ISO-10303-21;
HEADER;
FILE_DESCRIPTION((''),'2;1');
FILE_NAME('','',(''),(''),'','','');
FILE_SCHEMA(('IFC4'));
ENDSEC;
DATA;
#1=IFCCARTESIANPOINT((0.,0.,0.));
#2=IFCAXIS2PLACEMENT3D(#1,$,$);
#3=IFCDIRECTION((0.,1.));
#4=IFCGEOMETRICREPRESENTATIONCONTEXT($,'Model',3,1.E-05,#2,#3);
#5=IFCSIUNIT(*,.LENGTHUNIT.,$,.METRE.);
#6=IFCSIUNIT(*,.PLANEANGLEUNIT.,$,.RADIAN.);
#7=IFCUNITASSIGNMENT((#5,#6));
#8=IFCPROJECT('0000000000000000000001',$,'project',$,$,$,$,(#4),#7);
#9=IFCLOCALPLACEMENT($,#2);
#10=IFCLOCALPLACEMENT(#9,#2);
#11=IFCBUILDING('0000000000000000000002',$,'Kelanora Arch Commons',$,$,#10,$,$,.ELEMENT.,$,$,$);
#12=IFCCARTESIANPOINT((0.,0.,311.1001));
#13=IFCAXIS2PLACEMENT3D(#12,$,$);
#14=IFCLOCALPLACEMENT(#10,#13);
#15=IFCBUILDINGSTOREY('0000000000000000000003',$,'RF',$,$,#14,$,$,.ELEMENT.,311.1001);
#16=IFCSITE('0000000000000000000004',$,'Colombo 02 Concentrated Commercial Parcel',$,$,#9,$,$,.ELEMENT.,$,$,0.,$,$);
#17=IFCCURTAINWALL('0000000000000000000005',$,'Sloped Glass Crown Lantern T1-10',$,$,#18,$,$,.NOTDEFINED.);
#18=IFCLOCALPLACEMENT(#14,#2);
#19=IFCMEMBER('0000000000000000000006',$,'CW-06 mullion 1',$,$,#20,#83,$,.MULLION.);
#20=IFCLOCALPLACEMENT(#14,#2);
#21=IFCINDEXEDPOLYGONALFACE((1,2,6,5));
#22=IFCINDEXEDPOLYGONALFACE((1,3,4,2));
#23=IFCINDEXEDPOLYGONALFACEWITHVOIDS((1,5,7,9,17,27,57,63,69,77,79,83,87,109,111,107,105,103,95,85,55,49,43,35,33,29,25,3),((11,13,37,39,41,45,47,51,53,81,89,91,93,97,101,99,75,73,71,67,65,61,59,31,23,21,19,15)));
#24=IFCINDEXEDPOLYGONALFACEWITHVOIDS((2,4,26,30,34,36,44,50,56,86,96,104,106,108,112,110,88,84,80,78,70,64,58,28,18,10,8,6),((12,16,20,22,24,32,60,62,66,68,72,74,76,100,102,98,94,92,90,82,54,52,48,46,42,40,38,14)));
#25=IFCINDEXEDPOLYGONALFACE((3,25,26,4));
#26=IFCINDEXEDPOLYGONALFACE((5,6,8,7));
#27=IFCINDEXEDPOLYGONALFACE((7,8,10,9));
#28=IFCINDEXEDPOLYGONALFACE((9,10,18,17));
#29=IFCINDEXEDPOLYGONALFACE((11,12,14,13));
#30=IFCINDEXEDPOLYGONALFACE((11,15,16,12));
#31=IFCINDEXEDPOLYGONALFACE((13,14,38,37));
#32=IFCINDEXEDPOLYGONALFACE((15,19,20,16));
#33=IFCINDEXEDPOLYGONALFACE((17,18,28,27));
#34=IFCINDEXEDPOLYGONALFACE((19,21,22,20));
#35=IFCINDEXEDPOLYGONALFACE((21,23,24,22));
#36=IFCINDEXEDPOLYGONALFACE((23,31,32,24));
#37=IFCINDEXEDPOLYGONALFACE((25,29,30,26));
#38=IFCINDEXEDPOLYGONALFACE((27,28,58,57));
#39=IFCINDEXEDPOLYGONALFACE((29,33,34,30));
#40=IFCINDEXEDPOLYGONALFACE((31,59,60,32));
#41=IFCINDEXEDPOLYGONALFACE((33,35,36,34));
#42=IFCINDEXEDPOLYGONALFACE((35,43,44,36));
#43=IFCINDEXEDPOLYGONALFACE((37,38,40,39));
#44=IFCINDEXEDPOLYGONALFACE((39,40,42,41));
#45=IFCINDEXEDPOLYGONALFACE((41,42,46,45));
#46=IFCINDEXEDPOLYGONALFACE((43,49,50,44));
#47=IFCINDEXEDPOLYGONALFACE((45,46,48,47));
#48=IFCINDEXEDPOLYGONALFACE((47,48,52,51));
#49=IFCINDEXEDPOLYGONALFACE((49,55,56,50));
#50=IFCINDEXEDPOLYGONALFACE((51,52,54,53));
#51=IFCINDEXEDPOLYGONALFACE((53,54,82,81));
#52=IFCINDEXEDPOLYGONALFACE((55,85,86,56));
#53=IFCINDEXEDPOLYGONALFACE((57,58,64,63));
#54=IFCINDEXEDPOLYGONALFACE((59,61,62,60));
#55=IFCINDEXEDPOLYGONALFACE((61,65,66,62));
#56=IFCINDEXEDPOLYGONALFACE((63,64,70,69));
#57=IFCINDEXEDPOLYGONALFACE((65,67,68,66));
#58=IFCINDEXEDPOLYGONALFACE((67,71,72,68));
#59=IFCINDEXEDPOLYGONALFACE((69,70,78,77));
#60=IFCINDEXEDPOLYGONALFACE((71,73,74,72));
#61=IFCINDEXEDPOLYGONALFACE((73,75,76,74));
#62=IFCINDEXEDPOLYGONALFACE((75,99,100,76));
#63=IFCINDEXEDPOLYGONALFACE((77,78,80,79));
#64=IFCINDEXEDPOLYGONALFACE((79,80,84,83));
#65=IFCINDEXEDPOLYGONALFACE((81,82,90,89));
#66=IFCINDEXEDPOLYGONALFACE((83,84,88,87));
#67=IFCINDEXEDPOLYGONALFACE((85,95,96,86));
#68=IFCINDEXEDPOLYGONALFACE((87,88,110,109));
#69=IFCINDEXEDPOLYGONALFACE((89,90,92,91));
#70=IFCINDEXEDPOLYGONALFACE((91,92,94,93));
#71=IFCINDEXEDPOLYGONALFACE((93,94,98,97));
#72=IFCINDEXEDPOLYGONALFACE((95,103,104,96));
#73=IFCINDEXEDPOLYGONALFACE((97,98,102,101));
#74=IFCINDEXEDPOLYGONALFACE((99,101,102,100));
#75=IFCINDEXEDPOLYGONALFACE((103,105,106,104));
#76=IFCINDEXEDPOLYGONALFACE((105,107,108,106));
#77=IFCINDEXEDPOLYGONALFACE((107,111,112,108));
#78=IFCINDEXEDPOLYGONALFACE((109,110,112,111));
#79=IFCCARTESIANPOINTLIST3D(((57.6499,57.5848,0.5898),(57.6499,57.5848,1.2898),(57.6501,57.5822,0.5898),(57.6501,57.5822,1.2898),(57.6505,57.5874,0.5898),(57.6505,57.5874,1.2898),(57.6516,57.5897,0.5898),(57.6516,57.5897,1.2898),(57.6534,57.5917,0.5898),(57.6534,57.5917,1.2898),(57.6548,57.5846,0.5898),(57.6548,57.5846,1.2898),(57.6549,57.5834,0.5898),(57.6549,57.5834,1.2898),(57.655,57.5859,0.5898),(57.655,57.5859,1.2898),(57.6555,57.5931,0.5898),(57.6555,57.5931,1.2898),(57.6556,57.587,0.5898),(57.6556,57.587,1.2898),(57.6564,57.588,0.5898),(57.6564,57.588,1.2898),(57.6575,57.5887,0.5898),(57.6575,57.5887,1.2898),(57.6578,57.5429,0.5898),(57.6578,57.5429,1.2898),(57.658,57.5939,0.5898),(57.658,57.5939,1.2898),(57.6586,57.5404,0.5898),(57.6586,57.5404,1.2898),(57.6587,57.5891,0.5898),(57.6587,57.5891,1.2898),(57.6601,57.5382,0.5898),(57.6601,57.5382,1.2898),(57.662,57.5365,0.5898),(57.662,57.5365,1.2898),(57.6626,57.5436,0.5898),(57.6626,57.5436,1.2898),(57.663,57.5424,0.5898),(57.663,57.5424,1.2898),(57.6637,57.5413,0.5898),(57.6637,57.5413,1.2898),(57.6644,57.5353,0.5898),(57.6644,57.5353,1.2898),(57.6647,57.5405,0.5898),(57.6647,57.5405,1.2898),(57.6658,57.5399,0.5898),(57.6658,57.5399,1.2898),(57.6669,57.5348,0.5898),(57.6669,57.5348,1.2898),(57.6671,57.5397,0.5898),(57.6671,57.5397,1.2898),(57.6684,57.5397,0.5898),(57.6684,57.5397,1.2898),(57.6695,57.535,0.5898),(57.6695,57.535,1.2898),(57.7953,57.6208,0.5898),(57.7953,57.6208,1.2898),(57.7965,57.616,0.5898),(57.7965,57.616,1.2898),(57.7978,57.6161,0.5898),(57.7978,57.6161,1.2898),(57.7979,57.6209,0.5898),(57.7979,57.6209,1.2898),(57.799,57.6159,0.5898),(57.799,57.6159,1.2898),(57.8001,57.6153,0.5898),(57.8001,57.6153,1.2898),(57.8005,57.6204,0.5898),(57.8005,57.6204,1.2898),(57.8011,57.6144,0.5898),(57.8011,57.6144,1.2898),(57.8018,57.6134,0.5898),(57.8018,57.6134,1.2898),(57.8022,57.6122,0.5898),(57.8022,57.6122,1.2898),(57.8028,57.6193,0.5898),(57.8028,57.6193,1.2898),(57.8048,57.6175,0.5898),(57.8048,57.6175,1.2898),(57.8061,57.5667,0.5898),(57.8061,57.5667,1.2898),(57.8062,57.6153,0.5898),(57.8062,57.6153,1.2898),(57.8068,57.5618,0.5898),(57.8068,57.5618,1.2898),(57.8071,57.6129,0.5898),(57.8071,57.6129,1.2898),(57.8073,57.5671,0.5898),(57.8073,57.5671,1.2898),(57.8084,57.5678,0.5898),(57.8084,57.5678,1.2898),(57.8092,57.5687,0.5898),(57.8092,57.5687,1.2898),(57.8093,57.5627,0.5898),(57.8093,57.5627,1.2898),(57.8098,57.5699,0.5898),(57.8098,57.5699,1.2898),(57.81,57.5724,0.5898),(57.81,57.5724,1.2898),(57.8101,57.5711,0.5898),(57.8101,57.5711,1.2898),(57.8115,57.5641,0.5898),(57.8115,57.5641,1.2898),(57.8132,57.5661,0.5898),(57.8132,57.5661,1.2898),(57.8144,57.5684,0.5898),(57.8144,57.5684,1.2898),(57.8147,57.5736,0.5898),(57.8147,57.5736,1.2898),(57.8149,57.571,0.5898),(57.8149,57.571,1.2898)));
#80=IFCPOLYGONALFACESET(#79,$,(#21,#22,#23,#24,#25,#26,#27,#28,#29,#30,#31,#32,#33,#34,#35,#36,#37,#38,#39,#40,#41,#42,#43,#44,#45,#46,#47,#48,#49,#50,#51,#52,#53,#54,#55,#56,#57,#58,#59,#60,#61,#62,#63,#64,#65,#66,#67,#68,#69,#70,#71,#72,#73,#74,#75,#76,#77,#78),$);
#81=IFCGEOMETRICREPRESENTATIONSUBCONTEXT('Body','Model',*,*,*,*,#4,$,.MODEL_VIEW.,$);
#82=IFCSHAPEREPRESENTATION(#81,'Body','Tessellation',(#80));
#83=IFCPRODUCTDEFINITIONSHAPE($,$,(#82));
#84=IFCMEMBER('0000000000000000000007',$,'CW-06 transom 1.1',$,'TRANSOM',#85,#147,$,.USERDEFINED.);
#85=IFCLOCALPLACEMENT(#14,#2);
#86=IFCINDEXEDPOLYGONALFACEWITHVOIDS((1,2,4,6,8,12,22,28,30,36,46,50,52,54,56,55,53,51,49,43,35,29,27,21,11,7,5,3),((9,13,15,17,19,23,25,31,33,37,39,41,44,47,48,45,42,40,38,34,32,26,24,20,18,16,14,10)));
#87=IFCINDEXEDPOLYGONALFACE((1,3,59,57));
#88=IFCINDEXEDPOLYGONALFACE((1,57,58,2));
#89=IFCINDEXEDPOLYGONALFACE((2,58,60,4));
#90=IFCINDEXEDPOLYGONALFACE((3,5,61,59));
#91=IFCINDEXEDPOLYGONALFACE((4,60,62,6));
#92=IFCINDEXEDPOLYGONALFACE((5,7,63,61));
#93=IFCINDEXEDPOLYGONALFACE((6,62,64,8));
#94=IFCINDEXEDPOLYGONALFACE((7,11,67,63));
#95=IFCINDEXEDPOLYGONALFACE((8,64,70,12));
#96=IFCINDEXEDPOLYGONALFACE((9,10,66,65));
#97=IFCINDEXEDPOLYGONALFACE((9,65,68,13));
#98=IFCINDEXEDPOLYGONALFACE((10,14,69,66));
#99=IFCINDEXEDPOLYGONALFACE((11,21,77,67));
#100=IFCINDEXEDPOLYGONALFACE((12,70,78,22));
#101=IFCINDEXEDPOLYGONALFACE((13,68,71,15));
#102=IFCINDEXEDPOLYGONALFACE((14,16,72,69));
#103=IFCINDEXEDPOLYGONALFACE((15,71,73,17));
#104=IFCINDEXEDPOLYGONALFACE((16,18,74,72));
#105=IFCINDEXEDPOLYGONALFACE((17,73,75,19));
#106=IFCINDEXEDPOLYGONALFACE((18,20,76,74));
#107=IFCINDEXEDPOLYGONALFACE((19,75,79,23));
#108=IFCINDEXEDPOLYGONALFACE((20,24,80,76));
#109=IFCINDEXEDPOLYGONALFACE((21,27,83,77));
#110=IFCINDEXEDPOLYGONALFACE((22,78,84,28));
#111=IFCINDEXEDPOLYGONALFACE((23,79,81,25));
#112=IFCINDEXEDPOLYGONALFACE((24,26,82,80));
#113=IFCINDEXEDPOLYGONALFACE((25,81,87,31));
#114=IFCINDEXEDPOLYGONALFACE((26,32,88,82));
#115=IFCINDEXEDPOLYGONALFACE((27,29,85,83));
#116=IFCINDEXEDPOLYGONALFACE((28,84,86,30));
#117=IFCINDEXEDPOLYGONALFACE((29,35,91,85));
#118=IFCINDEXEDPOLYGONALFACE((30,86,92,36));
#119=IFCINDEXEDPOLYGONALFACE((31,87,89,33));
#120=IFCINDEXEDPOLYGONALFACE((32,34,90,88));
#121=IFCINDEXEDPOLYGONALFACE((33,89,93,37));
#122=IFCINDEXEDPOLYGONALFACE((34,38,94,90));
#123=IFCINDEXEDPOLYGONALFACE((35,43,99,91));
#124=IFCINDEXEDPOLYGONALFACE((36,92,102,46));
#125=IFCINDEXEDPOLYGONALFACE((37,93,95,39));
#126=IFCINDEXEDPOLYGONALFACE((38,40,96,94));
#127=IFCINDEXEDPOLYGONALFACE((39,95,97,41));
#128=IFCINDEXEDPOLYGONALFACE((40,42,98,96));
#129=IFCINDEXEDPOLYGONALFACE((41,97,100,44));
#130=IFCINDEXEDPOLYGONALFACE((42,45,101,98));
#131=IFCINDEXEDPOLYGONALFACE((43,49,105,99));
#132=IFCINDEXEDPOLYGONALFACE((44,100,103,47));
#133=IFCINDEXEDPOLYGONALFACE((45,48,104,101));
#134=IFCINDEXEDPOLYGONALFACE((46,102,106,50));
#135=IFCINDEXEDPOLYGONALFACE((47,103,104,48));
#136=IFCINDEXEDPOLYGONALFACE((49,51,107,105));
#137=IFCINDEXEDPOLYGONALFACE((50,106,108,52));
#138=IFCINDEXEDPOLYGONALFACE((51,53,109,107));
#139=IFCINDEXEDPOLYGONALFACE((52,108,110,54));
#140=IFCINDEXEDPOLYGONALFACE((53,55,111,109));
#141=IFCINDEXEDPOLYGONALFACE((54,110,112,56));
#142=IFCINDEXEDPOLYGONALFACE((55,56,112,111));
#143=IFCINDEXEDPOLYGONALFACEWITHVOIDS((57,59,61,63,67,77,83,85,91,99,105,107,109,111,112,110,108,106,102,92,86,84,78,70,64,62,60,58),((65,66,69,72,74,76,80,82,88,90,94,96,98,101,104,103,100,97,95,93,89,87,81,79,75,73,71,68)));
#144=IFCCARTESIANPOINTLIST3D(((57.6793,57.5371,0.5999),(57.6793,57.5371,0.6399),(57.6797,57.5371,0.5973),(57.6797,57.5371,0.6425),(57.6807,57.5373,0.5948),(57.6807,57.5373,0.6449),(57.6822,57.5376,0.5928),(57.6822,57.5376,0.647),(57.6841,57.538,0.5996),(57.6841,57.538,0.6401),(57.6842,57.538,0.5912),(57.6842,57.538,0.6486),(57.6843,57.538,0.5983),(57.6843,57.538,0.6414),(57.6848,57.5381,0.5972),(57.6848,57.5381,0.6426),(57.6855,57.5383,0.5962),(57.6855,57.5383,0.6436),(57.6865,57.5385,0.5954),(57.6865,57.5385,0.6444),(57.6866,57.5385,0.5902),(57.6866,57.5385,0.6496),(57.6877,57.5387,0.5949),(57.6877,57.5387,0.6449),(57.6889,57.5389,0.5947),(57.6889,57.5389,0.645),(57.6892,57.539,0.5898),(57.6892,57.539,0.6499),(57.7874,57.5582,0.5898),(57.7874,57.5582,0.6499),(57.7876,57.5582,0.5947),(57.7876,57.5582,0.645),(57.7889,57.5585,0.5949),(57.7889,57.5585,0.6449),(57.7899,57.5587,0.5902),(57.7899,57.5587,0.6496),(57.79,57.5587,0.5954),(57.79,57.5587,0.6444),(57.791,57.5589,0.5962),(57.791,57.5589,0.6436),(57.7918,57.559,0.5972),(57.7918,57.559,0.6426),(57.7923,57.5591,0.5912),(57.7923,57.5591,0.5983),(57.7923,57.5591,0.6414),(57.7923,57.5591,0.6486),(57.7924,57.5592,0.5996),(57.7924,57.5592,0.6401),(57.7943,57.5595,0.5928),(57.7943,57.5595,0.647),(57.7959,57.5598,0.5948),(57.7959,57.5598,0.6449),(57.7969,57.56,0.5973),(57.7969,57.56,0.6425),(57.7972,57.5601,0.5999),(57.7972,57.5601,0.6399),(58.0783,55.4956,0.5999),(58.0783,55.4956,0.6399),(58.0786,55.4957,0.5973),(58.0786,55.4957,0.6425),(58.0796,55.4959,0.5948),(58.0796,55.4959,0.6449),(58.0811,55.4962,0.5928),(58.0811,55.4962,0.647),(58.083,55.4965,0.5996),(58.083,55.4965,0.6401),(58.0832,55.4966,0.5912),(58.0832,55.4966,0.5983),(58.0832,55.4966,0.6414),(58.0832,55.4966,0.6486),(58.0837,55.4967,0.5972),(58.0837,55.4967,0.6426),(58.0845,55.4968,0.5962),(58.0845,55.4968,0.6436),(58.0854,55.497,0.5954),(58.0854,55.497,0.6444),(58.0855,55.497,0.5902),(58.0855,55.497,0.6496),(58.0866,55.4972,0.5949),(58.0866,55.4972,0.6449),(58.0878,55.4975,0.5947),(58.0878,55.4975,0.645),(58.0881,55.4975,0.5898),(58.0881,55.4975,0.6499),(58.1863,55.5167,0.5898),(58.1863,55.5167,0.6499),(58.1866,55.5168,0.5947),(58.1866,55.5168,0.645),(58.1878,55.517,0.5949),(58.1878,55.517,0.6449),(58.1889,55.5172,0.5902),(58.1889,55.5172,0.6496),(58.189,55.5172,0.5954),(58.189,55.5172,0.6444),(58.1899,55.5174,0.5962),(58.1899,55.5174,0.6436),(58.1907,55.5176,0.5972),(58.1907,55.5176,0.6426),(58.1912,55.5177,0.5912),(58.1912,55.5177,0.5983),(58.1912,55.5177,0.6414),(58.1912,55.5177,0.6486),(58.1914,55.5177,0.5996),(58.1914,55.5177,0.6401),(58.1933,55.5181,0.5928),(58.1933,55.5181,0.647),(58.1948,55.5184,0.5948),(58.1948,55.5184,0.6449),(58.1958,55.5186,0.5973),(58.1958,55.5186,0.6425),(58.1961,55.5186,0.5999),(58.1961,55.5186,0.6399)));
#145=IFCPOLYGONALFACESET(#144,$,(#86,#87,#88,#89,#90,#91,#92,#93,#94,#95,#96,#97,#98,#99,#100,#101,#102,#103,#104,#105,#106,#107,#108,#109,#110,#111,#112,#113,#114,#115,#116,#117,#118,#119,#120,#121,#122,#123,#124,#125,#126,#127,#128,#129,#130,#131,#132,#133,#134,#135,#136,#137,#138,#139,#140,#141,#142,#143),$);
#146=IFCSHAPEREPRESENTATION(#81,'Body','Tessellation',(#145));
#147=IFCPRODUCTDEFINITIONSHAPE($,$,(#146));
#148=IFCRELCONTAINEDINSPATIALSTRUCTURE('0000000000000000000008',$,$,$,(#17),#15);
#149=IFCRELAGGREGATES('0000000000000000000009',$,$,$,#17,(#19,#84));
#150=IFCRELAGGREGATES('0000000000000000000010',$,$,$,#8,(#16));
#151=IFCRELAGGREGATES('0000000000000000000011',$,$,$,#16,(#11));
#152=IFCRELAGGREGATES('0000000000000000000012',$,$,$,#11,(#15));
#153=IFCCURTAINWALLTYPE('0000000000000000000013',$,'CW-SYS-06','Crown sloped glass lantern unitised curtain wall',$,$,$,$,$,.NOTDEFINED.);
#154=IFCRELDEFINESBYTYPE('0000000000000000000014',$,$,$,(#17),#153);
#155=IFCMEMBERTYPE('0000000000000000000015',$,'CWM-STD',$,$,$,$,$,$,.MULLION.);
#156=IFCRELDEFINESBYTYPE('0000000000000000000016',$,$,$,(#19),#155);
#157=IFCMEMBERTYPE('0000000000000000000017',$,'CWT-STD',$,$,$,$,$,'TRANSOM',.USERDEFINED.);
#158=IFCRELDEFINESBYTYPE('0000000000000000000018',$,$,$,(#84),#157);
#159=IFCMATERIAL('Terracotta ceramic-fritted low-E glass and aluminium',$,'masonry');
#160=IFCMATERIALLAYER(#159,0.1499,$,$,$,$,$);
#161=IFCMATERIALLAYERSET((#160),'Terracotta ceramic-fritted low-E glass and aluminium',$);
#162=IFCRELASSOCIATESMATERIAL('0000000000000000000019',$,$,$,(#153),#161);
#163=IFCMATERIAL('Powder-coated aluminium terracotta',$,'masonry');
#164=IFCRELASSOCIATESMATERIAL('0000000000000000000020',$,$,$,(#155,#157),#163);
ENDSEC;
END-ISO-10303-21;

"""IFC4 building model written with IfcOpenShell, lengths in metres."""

from ifc_helpers import new_model, si_unit, direction, frame, origin, origin_2d, place, context, subcontext, project, spatial, hollow_rectangle, extrude, material, layer, layer_set, material_profile, profile_set, type_object, element, aggregate, save


model = new_model("IFC4")

# Units and contexts
model_context = context("Model", 3, precision=1e-05, world=origin(), true_north=direction((0.0, 1.0)))
body_context = subcontext(model_context, "Body", "Model", "MODEL_VIEW")
ifc_project = project(units=[si_unit("LENGTHUNIT", "METRE"), si_unit("PLANEANGLEUNIT", "RADIAN")], contexts=[model_context])

# Site, building, storey
site_placement = place(None, origin())
site = spatial("IfcSite", under=ifc_project, at=site_placement, Name="Colombo 02 Concentrated Commercial Parcel", CompositionType="ELEMENT", RefElevation=0.0)
building_placement = place(site_placement, origin())
building = spatial("IfcBuilding", under=site, at=building_placement, Name="Kelanora Arch Commons", CompositionType="ELEMENT")
storey_placement = place(building_placement, frame((0.0, 0.0, 311.1001)))
storey = spatial("IfcBuildingStorey", under=building, at=storey_placement, Name="RF", CompositionType="ELEMENT", Elevation=311.1001)

# Curtain wall, members
ifc_material_1 = material(Name="Terracotta ceramic-fritted low-E glass and aluminium", Category="masonry")
ifc_layer_1 = layer(ifc_material_1, 0.1499)
ifc_layer_set_1 = layer_set([ifc_layer_1], Name="Terracotta ceramic-fritted low-E glass and aluminium")
curtain_wall_type = type_object("IfcCurtainWallType", Name="CW-SYS-06", Description="Crown sloped glass lantern unitised curtain wall", PredefinedType="NOTDEFINED", material=ifc_layer_set_1)
curtain_wall_placement = place(storey_placement, origin())
curtain_wall = element("IfcCurtainWall", 1, at=curtain_wall_placement, inside=storey, type_object=curtain_wall_type, Name="Sloped Glass Crown Lantern T1-10", PredefinedType="NOTDEFINED")
ifc_material_2 = material(Name="Powder-coated aluminium terracotta", Category="masonry")
ifc_material_profile_1 = material_profile(ifc_material_2, hollow_rectangle(XDim=0.1599, YDim=0.0601, WallThickness=0.0049, InnerFilletRadius=0.0049, OuterFilletRadius=0.01, at=origin_2d()), Name="CWM160x60")
ifc_profile_set_1 = profile_set([ifc_material_profile_1], Name="Powder-coated aluminium terracotta")
member_type_1 = type_object("IfcMemberType", Name="CWM-STD", PredefinedType="MULLION", material=ifc_profile_set_1)
member_1_placement = place(storey_placement, frame((57.7324, 57.5779, 0.5898), z_axis=(0.0, 0.0, 1.0), x_axis=(0.981427, 0.191834, 0.0)))
member_1 = element("IfcMember", 2, at=member_1_placement, type_object=member_type_1, Name="CW-06 mullion 1", PredefinedType="MULLION", context=body_context, shape_type="SweptSolid", body=[
    extrude(hollow_rectangle(XDim=0.1599, YDim=0.0601, WallThickness=0.0049, InnerFilletRadius=0.0049, OuterFilletRadius=0.01, at=origin_2d()), origin(), (0.0, 0.0, 1.0), 0.7),
])
ifc_material_profile_2 = material_profile(ifc_material_2, hollow_rectangle(XDim=0.1201, YDim=0.0601, WallThickness=0.0049, InnerFilletRadius=0.0049, OuterFilletRadius=0.01, at=origin_2d()), Name="CWT120x60")
ifc_profile_set_2 = profile_set([ifc_material_profile_2], Name="Powder-coated aluminium terracotta")
member_type_2 = type_object("IfcMemberType", Name="CWT-STD", ElementType="TRANSOM", PredefinedType="USERDEFINED", material=ifc_profile_set_2)
member_2_placement = place(storey_placement, frame((57.7383, 57.5486, 0.6199), z_axis=(0.191781, -0.981438, 0.0), x_axis=(0.981438, 0.191781, 0.0)))
member_2 = element("IfcMember", 3, at=member_2_placement, type_object=member_type_2, Name="CW-06 transom 1.1", ObjectType="TRANSOM", PredefinedType="USERDEFINED", context=body_context, shape_type="SweptSolid", body=[
    extrude(hollow_rectangle(XDim=0.1201, YDim=0.0601, WallThickness=0.0049, InnerFilletRadius=0.0049, OuterFilletRadius=0.01, at=origin_2d()), origin(), (0.0, 0.0, 1.0), 2.0801),
])

aggregate(curtain_wall, [member_1, member_2])

save(model, "model.ifc")
